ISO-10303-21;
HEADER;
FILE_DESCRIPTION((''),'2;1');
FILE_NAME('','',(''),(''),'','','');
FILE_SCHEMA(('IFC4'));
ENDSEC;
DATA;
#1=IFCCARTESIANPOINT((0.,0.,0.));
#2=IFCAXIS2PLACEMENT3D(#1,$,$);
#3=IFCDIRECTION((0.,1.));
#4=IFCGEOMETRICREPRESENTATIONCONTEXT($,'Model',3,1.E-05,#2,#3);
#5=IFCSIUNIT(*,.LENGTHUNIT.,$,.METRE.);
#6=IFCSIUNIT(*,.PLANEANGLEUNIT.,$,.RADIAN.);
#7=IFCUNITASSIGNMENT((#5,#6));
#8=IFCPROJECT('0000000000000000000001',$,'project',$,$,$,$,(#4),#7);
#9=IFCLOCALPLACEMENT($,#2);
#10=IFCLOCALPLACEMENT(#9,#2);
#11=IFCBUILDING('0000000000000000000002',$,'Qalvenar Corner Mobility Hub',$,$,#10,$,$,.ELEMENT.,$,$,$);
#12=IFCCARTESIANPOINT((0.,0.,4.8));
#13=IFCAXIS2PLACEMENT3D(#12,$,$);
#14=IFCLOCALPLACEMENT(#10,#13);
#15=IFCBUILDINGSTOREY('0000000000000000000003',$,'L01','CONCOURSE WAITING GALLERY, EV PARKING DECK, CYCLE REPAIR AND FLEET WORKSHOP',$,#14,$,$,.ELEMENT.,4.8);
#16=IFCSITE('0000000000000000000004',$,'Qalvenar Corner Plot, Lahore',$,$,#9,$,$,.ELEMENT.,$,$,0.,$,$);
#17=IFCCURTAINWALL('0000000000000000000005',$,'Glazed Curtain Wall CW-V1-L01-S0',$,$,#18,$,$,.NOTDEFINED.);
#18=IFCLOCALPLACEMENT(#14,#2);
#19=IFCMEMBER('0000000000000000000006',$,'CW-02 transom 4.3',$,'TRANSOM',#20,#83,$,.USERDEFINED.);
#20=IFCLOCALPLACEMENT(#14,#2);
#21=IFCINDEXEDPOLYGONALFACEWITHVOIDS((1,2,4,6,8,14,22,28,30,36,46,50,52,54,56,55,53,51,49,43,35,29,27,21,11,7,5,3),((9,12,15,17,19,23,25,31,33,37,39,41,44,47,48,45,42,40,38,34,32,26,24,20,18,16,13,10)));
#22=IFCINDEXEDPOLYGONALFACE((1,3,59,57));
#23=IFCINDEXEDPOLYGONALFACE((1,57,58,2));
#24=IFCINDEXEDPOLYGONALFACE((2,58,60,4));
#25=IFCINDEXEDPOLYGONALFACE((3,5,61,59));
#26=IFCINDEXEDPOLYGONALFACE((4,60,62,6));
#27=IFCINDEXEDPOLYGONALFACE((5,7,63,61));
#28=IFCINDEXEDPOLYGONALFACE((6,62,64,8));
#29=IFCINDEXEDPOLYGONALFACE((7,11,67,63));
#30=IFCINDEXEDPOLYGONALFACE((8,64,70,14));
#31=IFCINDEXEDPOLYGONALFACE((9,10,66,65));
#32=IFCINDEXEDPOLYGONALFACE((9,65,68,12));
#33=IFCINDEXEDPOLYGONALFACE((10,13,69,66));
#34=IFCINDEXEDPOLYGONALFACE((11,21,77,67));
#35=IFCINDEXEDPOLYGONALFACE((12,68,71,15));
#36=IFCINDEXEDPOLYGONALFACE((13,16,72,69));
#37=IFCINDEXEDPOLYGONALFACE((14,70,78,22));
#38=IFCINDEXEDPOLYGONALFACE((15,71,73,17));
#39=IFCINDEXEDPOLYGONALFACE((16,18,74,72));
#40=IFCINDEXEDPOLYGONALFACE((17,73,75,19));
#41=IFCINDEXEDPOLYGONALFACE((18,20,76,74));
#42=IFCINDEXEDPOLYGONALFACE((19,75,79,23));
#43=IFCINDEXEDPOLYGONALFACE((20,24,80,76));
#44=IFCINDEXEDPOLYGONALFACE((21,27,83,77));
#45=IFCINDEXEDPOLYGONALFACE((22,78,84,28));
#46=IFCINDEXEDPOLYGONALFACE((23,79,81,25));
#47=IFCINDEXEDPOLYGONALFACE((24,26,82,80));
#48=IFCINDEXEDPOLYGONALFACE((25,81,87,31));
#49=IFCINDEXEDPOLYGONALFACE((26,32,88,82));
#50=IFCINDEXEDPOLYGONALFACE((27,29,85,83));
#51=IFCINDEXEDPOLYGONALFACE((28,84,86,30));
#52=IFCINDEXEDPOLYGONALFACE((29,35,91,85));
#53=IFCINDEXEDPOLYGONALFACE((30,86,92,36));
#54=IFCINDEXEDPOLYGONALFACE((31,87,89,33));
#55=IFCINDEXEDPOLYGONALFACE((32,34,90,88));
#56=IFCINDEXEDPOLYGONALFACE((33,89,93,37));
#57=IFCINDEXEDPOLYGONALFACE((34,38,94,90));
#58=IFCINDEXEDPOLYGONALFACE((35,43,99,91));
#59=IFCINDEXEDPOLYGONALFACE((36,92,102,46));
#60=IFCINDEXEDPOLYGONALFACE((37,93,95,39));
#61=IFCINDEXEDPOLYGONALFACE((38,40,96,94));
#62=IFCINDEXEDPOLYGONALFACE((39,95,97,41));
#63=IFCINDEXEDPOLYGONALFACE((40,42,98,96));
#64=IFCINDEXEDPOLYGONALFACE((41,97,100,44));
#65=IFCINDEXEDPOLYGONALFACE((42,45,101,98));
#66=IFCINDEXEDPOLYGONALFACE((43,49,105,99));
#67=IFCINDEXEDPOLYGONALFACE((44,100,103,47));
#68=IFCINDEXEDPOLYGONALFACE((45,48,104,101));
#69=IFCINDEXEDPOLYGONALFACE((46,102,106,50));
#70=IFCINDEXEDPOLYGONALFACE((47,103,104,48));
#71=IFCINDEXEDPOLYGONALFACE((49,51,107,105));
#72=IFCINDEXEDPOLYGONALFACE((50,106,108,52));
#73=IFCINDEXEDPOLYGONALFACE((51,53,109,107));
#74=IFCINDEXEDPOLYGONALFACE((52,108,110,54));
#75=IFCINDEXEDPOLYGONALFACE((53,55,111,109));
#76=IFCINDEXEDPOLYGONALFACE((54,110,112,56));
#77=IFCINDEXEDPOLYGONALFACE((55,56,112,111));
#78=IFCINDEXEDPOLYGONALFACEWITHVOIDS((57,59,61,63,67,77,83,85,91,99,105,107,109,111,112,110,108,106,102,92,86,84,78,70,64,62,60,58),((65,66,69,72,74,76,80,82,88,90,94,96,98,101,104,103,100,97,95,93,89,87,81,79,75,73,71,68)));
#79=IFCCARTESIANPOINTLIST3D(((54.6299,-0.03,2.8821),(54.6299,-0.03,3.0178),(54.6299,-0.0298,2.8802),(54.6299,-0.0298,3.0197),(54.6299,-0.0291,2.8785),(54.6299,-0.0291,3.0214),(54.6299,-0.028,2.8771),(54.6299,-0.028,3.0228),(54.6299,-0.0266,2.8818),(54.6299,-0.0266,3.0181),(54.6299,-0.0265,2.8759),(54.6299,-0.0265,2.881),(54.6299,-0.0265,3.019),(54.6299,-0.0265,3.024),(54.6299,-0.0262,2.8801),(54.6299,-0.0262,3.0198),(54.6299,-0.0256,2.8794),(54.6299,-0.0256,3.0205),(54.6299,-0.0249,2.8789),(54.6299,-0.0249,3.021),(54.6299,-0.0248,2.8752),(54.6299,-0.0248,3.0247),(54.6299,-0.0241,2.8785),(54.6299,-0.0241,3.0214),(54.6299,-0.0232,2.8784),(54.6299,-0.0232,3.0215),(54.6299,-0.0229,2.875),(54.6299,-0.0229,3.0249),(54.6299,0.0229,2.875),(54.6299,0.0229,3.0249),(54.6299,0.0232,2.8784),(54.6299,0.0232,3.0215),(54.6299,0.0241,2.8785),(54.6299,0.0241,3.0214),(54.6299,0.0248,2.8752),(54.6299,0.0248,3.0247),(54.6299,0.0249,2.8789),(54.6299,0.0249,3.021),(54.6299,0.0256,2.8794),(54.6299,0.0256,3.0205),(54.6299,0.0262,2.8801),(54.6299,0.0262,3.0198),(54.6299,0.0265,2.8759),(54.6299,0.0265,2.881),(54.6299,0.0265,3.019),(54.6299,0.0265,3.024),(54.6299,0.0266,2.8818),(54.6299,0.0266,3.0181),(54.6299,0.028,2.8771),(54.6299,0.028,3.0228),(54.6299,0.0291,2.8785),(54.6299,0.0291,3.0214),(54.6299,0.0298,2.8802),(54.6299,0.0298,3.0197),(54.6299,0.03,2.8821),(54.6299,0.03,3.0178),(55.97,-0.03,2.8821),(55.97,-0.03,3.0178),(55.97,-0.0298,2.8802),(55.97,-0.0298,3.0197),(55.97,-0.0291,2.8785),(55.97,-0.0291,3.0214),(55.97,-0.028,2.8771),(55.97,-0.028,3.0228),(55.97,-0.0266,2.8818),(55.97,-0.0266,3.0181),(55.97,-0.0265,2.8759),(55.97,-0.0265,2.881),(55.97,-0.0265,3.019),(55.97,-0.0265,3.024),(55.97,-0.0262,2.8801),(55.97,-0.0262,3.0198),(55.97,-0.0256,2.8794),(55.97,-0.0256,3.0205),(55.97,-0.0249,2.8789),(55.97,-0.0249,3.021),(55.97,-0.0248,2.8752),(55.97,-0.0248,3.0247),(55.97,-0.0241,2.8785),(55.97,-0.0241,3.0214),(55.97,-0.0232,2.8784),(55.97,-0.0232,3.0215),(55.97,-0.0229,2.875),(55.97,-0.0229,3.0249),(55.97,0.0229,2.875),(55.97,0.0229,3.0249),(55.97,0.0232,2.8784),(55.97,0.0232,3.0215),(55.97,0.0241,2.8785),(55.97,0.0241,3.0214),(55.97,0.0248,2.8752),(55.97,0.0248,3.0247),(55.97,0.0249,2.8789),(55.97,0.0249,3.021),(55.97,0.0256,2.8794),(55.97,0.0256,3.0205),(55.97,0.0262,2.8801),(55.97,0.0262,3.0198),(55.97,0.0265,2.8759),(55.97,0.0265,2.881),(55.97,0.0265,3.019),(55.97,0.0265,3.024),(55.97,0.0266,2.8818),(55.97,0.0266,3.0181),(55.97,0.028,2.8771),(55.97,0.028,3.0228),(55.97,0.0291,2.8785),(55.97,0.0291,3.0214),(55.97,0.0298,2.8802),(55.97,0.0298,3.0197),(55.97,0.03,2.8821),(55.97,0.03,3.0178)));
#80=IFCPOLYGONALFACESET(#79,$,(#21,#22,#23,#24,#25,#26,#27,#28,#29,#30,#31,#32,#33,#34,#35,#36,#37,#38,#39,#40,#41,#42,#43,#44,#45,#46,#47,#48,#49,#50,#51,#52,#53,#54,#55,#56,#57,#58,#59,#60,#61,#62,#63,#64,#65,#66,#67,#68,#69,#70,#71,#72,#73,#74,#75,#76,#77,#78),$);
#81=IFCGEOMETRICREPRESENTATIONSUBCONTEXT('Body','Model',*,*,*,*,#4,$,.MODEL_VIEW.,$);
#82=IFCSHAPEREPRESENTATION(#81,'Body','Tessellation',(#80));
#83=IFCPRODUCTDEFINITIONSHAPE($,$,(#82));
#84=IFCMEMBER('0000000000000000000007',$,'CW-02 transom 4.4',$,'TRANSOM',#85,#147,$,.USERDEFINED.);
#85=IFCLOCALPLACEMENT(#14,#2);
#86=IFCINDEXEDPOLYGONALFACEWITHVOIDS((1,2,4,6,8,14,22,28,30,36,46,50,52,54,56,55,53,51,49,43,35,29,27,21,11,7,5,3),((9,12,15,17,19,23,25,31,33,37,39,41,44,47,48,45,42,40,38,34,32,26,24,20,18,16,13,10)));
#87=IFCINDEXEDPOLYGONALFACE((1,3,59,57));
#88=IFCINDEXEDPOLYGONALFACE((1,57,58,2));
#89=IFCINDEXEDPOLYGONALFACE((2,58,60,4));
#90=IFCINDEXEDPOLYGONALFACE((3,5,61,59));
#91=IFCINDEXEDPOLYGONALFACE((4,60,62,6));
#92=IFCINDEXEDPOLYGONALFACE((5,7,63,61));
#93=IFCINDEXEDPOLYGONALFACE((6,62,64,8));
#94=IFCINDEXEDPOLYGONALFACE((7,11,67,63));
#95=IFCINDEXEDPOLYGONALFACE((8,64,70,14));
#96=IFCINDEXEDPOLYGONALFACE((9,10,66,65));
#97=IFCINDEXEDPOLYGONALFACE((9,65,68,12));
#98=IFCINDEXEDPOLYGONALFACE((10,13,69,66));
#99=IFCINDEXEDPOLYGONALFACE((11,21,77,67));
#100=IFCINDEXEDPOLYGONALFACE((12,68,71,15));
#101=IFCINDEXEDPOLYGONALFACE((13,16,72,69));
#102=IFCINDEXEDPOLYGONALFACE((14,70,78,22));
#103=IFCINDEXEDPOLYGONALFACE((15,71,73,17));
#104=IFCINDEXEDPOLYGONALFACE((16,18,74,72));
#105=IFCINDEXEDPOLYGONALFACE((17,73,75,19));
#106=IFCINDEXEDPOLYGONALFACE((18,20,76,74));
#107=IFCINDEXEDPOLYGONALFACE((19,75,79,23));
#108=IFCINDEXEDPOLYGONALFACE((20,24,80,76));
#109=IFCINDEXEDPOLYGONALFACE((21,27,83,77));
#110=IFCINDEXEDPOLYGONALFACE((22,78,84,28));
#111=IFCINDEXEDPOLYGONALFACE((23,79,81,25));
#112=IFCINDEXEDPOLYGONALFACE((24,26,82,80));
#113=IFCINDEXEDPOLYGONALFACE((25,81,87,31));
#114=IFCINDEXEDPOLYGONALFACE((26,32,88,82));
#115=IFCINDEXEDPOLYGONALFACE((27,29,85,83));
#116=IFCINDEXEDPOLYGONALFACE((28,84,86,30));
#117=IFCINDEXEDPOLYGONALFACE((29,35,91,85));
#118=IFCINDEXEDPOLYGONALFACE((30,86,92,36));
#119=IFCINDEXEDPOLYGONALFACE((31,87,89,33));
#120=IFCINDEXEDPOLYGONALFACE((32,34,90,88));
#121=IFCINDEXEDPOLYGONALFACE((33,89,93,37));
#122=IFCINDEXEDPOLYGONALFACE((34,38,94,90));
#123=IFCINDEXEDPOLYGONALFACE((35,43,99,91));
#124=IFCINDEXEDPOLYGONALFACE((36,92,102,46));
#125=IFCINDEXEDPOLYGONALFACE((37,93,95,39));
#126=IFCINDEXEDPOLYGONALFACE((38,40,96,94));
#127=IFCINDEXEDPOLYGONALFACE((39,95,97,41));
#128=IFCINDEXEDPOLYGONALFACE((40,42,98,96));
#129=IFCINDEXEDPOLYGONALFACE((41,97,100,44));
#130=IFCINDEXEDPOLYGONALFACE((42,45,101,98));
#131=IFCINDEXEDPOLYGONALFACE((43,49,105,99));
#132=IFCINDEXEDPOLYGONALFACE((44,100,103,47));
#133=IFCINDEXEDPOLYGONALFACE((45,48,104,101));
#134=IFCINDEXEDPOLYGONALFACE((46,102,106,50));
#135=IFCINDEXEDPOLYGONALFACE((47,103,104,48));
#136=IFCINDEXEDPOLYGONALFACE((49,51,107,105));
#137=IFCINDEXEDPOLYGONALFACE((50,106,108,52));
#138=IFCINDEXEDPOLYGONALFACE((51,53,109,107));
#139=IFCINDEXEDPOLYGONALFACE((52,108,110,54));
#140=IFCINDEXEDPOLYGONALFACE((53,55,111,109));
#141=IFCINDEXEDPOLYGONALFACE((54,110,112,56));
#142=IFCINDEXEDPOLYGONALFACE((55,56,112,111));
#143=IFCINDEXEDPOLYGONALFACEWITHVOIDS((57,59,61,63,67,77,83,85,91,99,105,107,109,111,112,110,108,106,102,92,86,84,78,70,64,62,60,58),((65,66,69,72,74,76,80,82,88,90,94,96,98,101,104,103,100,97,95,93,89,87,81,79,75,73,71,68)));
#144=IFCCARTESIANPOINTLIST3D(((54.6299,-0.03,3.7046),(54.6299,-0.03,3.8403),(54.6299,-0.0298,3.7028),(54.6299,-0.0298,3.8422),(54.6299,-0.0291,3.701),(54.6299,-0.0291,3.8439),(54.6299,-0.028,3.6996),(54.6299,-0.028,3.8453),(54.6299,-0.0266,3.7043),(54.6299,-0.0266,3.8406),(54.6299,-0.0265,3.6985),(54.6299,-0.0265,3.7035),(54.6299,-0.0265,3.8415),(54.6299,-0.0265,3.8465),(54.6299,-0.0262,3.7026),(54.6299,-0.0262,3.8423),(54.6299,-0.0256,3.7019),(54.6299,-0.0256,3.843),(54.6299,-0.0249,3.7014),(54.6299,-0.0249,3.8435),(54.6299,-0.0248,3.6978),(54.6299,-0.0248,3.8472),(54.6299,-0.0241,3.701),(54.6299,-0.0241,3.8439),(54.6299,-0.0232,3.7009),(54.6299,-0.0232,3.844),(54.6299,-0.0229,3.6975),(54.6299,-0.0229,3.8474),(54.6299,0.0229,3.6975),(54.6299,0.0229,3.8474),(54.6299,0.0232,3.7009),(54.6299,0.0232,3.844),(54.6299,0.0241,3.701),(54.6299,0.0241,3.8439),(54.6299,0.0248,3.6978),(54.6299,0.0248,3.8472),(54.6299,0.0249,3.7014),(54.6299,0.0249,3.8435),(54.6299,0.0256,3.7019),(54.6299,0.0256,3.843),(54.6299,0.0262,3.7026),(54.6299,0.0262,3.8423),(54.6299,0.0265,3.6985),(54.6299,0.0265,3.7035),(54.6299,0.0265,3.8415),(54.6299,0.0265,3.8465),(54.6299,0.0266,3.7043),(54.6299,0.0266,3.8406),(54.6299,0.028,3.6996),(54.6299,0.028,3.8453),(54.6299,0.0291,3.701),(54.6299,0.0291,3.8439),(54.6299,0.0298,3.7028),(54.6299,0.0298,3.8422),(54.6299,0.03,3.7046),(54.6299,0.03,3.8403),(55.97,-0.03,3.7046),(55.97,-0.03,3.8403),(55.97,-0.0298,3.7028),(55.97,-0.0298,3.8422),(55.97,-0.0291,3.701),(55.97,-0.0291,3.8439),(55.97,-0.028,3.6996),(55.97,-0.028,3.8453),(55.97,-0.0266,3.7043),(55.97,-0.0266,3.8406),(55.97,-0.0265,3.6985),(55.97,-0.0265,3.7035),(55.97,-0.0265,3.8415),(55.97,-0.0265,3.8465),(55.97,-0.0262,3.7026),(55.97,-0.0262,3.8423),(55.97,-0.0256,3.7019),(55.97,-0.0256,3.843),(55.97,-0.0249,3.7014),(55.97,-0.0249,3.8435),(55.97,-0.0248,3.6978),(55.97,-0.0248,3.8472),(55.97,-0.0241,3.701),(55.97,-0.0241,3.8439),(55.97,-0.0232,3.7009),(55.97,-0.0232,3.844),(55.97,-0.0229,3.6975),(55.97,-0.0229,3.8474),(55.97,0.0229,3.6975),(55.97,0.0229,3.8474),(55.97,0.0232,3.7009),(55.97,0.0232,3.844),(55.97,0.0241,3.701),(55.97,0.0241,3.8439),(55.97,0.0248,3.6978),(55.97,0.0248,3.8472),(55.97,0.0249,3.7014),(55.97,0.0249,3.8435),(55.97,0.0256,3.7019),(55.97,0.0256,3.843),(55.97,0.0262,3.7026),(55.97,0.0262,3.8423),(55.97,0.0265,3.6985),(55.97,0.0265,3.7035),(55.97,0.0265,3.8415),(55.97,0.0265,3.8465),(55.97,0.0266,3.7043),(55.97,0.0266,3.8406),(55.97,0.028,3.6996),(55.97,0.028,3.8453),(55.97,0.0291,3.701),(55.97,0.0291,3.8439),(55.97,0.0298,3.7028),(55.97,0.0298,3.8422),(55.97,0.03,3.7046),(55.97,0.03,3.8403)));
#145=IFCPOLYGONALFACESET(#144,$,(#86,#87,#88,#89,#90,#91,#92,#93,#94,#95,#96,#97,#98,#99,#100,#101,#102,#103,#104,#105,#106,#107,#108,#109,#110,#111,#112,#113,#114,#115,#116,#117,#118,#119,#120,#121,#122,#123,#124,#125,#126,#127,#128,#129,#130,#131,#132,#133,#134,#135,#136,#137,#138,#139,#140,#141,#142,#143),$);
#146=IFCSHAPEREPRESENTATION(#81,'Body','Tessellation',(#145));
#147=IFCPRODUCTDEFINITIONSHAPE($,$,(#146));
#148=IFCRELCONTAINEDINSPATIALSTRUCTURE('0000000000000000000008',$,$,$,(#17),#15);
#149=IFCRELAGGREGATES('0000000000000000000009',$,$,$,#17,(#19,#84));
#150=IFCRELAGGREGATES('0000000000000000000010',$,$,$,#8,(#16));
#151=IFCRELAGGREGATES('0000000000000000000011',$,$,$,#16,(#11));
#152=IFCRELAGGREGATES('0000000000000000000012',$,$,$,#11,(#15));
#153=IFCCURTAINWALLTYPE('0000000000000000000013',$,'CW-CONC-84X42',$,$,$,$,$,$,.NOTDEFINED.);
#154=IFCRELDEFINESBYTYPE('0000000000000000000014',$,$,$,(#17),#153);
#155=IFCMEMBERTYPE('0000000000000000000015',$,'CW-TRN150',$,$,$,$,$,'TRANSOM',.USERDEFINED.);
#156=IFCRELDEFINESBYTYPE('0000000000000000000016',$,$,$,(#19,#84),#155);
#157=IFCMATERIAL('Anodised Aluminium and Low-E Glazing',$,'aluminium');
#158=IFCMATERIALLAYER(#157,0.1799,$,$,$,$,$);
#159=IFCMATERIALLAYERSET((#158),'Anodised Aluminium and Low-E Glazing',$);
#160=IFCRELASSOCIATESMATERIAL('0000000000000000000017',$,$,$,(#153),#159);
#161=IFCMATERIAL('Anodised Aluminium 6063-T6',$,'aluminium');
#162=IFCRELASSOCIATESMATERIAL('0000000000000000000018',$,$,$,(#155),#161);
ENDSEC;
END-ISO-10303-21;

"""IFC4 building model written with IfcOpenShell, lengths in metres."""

from ifc_helpers import new_model, si_unit, direction, frame, origin, origin_2d, place, context, subcontext, project, spatial, hollow_rectangle, extrude, material, layer, layer_set, material_profile, profile_set, type_object, element, aggregate, save


model = new_model("IFC4")

# Units and contexts
model_context = context("Model", 3, precision=1e-05, world=origin(), true_north=direction((0.0, 1.0)))
body_context = subcontext(model_context, "Body", "Model", "MODEL_VIEW")
ifc_project = project(units=[si_unit("LENGTHUNIT", "METRE"), si_unit("PLANEANGLEUNIT", "RADIAN")], contexts=[model_context])

# Site, building, storey
site_placement = place(None, origin())
site = spatial("IfcSite", under=ifc_project, at=site_placement, Name="Qalvenar Corner Plot, Lahore", CompositionType="ELEMENT", RefElevation=0.0)
building_placement = place(site_placement, origin())
building = spatial("IfcBuilding", under=site, at=building_placement, Name="Qalvenar Corner Mobility Hub", CompositionType="ELEMENT")
storey_placement = place(building_placement, frame((0.0, 0.0, 4.8)))
storey = spatial("IfcBuildingStorey", under=building, at=storey_placement, Name="L01", Description="CONCOURSE WAITING GALLERY, EV PARKING DECK, CYCLE REPAIR AND FLEET WORKSHOP", CompositionType="ELEMENT", Elevation=4.8)

# Curtain wall, members
ifc_material_1 = material(Name="Anodised Aluminium and Low-E Glazing", Category="aluminium")
ifc_layer_1 = layer(ifc_material_1, 0.1799)
ifc_layer_set_1 = layer_set([ifc_layer_1], Name="Anodised Aluminium and Low-E Glazing")
curtain_wall_type = type_object("IfcCurtainWallType", Name="CW-CONC-84X42", PredefinedType="NOTDEFINED", material=ifc_layer_set_1)
curtain_wall_placement = place(storey_placement, origin())
curtain_wall = element("IfcCurtainWall", 1, at=curtain_wall_placement, inside=storey, type_object=curtain_wall_type, Name="Glazed Curtain Wall CW-V1-L01-S0", PredefinedType="NOTDEFINED")
ifc_material_2 = material(Name="Anodised Aluminium 6063-T6", Category="aluminium")
ifc_material_profile_1 = material_profile(ifc_material_2, hollow_rectangle(XDim=0.0601, YDim=0.1499, WallThickness=0.0034, InnerFilletRadius=0.0034, OuterFilletRadius=0.0071, at=origin_2d()), Name="RHS150x60x3.5")
ifc_profile_set_1 = profile_set([ifc_material_profile_1], Name="Anodised Aluminium 6063-T6")
member_type_1 = type_object("IfcMemberType", Name="CW-TRN150", ElementType="TRANSOM", PredefinedType="USERDEFINED", material=ifc_profile_set_1)
member_1_placement = place(storey_placement, frame((54.6299, 0.0, 2.95), z_axis=(1.0, 0.0, 0.0), x_axis=(0.0, 1.0, 0.0)))
member_1 = element("IfcMember", 2, at=member_1_placement, type_object=member_type_1, Name="CW-02 transom 4.3", ObjectType="TRANSOM", PredefinedType="USERDEFINED", context=body_context, shape_type="SweptSolid", body=[
    extrude(hollow_rectangle(XDim=0.0601, YDim=0.1499, WallThickness=0.0034, InnerFilletRadius=0.0034, OuterFilletRadius=0.0071, at=origin_2d()), origin(), (0.0, 0.0, 1.0), 1.3401),
])
member_2_placement = place(storey_placement, frame((54.6299, 0.0, 3.7725), z_axis=(1.0, 0.0, 0.0), x_axis=(0.0, 1.0, 0.0)))
member_2 = element("IfcMember", 3, at=member_2_placement, type_object=member_type_1, Name="CW-02 transom 4.4", ObjectType="TRANSOM", PredefinedType="USERDEFINED", context=body_context, shape_type="SweptSolid", body=[
    extrude(hollow_rectangle(XDim=0.0601, YDim=0.1499, WallThickness=0.0034, InnerFilletRadius=0.0034, OuterFilletRadius=0.0071, at=origin_2d()), origin(), (0.0, 0.0, 1.0), 1.3401),
])
aggregate(curtain_wall, [member_1, member_2])

save(model, "model.ifc")
